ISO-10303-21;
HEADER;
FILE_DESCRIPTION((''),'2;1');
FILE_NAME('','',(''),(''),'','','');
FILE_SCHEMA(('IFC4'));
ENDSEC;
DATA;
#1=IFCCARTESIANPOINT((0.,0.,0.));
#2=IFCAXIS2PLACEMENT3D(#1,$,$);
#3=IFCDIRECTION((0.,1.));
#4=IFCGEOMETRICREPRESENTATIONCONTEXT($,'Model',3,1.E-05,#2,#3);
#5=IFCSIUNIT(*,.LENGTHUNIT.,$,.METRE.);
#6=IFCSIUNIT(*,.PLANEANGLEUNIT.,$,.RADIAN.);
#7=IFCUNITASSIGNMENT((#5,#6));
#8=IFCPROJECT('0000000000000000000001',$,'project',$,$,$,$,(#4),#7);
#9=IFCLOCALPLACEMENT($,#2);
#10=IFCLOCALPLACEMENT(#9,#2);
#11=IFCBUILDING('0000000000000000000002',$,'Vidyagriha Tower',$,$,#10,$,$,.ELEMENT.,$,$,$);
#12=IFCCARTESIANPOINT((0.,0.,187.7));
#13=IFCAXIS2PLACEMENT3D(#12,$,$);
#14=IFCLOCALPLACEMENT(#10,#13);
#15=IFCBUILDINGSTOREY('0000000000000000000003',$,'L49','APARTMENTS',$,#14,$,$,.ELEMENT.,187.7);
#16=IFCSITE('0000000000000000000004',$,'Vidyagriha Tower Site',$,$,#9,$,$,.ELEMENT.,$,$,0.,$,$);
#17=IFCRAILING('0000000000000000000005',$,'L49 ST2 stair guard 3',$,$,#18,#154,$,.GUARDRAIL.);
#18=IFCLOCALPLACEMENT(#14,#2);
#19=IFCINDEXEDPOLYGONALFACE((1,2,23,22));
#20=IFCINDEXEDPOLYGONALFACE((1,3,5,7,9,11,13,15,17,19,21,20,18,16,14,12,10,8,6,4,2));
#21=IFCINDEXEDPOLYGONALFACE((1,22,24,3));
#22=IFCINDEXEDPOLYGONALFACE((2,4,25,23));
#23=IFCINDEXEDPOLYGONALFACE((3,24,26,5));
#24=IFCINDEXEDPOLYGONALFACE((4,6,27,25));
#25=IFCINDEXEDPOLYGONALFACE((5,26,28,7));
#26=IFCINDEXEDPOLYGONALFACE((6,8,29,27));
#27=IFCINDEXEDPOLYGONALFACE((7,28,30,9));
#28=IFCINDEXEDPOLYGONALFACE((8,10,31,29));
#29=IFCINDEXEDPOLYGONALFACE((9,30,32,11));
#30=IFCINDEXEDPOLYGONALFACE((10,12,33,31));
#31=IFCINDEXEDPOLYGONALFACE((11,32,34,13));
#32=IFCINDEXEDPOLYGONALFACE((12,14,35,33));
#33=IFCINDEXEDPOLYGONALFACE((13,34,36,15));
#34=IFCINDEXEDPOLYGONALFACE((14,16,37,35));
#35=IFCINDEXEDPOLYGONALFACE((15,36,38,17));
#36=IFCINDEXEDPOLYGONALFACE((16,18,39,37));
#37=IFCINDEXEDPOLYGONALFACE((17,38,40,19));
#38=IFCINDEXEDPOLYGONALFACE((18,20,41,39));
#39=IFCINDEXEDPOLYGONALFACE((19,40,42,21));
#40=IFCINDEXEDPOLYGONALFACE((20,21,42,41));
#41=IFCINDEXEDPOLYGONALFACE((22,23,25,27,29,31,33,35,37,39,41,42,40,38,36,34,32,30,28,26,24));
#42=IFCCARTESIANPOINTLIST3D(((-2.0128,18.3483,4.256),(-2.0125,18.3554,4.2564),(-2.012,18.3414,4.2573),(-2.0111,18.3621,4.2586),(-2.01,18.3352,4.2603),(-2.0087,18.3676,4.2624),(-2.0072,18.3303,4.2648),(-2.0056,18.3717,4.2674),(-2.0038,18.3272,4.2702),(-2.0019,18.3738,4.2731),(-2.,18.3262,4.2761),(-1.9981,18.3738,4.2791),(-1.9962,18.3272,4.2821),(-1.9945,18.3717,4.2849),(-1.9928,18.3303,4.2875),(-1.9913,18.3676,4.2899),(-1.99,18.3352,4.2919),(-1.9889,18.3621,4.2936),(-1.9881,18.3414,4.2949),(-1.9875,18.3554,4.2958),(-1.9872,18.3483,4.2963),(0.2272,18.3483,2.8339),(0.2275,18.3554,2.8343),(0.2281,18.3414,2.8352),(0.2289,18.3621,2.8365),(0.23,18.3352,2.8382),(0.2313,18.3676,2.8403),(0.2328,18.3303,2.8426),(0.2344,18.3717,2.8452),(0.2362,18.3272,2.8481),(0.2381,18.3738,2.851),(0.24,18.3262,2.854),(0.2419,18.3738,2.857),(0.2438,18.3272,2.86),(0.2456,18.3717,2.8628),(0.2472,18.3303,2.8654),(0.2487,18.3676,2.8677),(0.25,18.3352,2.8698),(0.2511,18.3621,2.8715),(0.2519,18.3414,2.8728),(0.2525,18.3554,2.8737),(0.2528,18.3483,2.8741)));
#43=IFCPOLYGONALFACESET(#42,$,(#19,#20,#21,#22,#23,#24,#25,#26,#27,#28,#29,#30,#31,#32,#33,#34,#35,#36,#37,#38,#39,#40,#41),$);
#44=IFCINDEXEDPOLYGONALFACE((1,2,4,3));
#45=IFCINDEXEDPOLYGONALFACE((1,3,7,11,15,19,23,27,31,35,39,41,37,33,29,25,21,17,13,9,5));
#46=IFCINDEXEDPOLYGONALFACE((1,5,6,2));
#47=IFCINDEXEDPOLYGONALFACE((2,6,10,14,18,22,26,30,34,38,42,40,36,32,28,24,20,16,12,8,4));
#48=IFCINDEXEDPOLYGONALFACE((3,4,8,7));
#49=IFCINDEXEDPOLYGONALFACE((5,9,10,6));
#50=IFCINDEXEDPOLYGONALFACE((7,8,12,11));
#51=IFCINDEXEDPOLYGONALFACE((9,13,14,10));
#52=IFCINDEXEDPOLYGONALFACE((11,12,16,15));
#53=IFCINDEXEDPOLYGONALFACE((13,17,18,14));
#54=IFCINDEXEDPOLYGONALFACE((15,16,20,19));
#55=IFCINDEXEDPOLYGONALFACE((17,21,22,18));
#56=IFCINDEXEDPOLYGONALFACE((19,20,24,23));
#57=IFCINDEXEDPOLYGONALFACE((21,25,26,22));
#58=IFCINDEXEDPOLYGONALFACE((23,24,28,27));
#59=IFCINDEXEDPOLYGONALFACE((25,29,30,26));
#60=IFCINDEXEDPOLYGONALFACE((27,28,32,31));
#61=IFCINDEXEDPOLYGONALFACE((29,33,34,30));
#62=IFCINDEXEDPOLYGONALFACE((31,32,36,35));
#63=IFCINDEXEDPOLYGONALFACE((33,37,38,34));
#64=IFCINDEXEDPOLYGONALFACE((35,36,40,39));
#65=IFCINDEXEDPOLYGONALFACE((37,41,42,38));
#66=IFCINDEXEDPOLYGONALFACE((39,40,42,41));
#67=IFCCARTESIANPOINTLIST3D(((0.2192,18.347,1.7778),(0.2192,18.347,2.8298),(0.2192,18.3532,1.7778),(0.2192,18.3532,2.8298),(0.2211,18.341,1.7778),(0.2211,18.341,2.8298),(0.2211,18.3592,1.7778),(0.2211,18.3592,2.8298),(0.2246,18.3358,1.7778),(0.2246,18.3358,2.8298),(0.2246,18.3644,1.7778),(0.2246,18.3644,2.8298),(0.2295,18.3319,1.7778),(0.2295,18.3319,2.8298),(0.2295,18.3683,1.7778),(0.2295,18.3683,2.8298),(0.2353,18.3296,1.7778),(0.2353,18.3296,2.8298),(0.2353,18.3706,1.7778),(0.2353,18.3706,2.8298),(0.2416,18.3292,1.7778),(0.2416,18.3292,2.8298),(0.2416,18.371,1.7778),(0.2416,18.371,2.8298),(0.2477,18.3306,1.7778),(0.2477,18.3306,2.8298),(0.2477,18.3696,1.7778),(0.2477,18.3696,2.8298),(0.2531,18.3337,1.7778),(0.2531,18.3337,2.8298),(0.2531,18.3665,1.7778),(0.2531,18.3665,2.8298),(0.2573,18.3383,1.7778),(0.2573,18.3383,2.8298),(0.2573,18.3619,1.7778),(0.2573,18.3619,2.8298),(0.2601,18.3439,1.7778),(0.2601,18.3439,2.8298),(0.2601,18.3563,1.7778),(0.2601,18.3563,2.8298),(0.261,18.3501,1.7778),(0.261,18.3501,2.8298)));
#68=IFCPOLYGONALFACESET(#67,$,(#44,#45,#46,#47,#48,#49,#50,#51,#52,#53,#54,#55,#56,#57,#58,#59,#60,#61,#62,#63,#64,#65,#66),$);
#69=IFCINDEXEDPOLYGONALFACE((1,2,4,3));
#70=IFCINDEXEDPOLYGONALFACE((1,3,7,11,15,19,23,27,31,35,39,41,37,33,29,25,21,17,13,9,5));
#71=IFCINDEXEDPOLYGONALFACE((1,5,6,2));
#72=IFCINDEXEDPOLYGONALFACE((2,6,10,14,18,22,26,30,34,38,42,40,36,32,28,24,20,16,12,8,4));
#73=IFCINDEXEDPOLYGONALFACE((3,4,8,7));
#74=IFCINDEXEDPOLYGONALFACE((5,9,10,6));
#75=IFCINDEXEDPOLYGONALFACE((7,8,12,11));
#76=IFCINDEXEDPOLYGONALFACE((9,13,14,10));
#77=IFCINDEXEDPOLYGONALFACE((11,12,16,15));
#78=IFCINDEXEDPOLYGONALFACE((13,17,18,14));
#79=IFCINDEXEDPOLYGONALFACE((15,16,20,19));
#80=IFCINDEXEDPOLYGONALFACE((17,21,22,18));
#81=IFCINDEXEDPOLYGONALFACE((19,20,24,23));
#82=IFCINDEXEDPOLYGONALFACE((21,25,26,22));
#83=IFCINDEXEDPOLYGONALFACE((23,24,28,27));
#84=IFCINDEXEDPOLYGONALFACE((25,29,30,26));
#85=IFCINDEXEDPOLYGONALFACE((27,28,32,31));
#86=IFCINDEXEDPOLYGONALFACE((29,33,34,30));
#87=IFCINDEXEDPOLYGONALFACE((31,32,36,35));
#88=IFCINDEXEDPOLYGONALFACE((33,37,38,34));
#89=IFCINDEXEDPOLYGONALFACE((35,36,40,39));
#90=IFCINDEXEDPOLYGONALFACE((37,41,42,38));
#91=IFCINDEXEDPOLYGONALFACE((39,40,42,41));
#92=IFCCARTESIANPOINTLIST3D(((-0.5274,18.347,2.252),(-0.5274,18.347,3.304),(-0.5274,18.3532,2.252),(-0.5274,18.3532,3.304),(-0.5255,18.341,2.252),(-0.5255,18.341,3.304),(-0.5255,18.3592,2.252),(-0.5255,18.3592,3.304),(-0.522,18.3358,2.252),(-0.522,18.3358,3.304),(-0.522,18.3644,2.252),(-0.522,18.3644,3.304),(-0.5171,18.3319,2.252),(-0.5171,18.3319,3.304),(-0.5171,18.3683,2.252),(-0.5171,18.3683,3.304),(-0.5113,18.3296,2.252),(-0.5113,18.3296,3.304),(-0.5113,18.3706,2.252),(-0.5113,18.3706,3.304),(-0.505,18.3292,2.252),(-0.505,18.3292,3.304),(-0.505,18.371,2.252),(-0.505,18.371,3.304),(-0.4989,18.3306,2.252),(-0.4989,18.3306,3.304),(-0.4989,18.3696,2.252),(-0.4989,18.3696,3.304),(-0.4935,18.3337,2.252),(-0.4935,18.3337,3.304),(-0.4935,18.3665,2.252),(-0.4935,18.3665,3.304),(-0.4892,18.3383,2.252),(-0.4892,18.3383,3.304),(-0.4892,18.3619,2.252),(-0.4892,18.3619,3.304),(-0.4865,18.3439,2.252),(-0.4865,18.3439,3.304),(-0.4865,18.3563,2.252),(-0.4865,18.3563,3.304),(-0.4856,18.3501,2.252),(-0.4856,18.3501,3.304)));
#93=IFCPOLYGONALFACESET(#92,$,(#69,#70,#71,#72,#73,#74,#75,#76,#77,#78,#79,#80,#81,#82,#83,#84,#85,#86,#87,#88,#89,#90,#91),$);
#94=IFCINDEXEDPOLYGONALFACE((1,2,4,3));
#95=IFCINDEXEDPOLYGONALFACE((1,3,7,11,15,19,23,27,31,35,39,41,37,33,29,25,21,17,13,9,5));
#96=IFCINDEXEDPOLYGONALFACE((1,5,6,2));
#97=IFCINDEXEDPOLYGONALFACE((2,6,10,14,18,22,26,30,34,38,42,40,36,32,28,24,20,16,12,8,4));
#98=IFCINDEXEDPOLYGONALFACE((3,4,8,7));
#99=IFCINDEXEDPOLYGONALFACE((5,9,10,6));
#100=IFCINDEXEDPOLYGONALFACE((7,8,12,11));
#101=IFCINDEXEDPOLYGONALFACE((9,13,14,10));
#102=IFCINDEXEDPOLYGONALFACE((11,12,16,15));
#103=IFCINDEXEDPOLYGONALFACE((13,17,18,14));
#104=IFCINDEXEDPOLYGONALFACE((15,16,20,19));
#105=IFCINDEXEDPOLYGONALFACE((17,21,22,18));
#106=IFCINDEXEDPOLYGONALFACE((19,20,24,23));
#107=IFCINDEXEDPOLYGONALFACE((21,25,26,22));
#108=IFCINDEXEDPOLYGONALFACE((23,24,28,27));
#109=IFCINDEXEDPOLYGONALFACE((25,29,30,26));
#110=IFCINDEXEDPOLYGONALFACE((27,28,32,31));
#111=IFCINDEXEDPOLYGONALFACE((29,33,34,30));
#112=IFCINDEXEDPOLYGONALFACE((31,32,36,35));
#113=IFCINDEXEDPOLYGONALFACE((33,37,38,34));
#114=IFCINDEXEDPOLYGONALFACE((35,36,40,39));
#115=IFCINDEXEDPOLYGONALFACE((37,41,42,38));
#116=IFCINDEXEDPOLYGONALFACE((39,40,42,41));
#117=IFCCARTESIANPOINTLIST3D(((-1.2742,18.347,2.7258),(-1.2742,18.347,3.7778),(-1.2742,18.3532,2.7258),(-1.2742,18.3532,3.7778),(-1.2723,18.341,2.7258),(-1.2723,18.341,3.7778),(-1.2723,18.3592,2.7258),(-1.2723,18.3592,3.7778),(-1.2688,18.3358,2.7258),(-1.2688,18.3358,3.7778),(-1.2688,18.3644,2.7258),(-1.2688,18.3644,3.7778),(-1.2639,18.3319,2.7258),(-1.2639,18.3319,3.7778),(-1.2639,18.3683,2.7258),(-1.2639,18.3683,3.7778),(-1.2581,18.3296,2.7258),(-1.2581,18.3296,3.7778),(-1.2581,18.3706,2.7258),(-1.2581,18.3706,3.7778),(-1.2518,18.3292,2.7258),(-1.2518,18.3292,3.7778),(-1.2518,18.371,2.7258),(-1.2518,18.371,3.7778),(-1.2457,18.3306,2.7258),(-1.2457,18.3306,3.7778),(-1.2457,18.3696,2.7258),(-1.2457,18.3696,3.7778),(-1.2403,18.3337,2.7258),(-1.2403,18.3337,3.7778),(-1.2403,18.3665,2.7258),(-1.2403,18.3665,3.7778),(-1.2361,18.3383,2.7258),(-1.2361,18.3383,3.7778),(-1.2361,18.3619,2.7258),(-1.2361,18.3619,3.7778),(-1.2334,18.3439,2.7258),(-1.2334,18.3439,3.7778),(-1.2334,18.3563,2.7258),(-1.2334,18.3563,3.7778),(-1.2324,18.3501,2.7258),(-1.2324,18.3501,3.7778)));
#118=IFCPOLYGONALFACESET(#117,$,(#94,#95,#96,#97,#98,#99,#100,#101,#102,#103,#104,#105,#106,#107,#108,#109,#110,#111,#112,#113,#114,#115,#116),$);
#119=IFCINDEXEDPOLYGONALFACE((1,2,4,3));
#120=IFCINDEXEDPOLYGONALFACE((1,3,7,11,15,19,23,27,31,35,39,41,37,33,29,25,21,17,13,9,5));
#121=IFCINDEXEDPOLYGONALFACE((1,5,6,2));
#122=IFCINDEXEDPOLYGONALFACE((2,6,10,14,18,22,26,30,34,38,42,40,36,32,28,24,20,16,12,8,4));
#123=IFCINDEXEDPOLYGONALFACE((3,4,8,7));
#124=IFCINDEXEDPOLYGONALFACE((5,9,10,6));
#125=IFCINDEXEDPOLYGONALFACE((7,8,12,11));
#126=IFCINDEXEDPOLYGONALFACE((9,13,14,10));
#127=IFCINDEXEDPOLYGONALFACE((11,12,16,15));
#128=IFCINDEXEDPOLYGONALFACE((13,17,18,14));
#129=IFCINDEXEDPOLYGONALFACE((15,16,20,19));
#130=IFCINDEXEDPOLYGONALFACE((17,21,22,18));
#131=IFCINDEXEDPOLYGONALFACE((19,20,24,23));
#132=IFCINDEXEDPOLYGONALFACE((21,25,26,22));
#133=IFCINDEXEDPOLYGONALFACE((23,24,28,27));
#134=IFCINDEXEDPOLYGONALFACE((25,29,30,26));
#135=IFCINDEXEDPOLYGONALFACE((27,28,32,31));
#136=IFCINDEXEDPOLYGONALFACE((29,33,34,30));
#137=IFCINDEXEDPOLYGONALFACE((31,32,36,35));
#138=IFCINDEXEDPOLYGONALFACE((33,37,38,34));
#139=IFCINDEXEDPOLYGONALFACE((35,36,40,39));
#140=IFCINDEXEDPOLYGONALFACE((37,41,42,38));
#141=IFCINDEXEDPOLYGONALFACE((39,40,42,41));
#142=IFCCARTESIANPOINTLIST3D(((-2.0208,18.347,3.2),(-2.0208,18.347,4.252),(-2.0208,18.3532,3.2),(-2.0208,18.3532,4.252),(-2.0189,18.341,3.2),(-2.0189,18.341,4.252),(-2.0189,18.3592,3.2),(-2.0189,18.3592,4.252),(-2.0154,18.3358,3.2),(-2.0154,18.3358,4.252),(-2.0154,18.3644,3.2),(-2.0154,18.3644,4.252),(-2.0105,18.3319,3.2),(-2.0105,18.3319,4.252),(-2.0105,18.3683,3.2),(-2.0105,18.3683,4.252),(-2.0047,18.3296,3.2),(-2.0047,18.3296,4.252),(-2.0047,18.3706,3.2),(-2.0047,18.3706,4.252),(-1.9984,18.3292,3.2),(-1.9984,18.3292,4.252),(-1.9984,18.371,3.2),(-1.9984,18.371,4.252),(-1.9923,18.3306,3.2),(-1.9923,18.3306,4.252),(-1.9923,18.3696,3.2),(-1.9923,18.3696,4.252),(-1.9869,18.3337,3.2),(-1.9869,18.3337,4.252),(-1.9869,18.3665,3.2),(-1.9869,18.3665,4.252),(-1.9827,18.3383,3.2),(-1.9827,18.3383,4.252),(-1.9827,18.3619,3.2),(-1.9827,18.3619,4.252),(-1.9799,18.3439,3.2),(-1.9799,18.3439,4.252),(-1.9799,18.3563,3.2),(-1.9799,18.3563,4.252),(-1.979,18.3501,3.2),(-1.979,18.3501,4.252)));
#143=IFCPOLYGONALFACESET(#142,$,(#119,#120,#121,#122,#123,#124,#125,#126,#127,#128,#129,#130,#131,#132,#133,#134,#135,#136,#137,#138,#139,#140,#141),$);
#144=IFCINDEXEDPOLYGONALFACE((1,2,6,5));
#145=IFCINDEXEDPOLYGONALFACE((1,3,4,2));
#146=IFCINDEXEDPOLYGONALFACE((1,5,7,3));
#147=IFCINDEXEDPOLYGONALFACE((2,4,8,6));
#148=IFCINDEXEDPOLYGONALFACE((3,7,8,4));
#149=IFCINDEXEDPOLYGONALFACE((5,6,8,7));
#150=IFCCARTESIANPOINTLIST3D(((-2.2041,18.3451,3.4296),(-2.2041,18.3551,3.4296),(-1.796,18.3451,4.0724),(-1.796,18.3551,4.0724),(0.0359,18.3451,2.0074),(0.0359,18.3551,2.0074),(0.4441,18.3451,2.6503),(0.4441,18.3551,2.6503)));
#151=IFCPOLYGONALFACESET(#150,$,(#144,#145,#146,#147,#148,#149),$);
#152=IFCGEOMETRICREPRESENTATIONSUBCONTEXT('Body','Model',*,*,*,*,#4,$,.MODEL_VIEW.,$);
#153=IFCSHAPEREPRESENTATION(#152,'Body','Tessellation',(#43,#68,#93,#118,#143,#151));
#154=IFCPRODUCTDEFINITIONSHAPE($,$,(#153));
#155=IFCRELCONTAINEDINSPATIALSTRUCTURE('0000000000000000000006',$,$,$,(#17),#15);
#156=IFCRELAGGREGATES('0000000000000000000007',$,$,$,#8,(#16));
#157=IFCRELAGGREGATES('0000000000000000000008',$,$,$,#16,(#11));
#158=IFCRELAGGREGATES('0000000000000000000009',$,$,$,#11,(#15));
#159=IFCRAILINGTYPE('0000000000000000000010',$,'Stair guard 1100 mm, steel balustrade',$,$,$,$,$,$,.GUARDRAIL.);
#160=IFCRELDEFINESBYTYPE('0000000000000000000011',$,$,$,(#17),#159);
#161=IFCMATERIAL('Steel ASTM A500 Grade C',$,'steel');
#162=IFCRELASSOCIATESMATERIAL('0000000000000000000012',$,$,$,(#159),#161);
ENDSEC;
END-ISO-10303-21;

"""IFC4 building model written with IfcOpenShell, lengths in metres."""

from ifc_helpers import new_model, si_unit, direction, frame, origin, origin_2d, place, context, subcontext, project, spatial, rectangle, circle, extrude, material, type_object, element, save


model = new_model("IFC4")

# Units and contexts
model_context = context("Model", 3, precision=1e-05, world=origin(), true_north=direction((0.0, 1.0)))
body_context = subcontext(model_context, "Body", "Model", "MODEL_VIEW")
ifc_project = project(units=[si_unit("LENGTHUNIT", "METRE"), si_unit("PLANEANGLEUNIT", "RADIAN")], contexts=[model_context])

# Site, building, storey
site_placement = place(None, origin())
site = spatial("IfcSite", under=ifc_project, at=site_placement, Name="Vidyagriha Tower Site", CompositionType="ELEMENT", RefElevation=0.0)
building_placement = place(site_placement, origin())
building = spatial("IfcBuilding", under=site, at=building_placement, Name="Vidyagriha Tower", CompositionType="ELEMENT")
storey_placement = place(building_placement, frame((0.0, 0.0, 187.7)))
storey = spatial("IfcBuildingStorey", under=building, at=storey_placement, Name="L49", Description="APARTMENTS", CompositionType="ELEMENT", Elevation=187.7)

# Railing
ifc_material_1 = material(Name="Steel ASTM A500 Grade C", Category="steel")
railing_type_1 = type_object("IfcRailingType", Name="Stair guard 1100 mm, steel balustrade", PredefinedType="GUARDRAIL", material=ifc_material_1)
railing_1_placement = place(storey_placement, frame((0.24, 18.3501, 1.7778)))
element("IfcRailing", 1, at=railing_1_placement, inside=storey, type_object=railing_type_1, Name="L49 ST2 stair guard 3", PredefinedType="GUARDRAIL", context=body_context, shape_type="SweptSolid", body=[
    extrude(circle(Radius=0.0239, at=origin_2d()), frame((0.0, 0.0, 1.0762), z_axis=(-0.844229, 0.0, 0.535982), x_axis=(0.0, -1.0, 0.0)), (0.0, 0.0, 1.0), 2.6533),
    extrude(circle(Radius=0.021, at=origin_2d()), origin(), (0.0, 0.0, 1.0), 1.052),
    extrude(circle(Radius=0.021, at=origin_2d()), frame((-0.7466, 0.0, 0.4741)), (0.0, 0.0, 1.0), 1.052),
    extrude(circle(Radius=0.021, at=origin_2d()), frame((-1.4934, 0.0, 0.948)), (0.0, 0.0, 1.0), 1.052),
    extrude(circle(Radius=0.021, at=origin_2d()), frame((-2.24, 0.0, 1.4221)), (0.0, 0.0, 1.0), 1.052),
    extrude(rectangle(XDim=0.01, YDim=0.7615, at=origin_2d()), frame((0.0, 0.0, 0.551), z_axis=(-0.844229, 0.0, 0.535982), x_axis=(0.0, -1.0, 0.0)), (0.0, 0.0, 1.0), 2.6533),
])

save(model, "model.ifc")
